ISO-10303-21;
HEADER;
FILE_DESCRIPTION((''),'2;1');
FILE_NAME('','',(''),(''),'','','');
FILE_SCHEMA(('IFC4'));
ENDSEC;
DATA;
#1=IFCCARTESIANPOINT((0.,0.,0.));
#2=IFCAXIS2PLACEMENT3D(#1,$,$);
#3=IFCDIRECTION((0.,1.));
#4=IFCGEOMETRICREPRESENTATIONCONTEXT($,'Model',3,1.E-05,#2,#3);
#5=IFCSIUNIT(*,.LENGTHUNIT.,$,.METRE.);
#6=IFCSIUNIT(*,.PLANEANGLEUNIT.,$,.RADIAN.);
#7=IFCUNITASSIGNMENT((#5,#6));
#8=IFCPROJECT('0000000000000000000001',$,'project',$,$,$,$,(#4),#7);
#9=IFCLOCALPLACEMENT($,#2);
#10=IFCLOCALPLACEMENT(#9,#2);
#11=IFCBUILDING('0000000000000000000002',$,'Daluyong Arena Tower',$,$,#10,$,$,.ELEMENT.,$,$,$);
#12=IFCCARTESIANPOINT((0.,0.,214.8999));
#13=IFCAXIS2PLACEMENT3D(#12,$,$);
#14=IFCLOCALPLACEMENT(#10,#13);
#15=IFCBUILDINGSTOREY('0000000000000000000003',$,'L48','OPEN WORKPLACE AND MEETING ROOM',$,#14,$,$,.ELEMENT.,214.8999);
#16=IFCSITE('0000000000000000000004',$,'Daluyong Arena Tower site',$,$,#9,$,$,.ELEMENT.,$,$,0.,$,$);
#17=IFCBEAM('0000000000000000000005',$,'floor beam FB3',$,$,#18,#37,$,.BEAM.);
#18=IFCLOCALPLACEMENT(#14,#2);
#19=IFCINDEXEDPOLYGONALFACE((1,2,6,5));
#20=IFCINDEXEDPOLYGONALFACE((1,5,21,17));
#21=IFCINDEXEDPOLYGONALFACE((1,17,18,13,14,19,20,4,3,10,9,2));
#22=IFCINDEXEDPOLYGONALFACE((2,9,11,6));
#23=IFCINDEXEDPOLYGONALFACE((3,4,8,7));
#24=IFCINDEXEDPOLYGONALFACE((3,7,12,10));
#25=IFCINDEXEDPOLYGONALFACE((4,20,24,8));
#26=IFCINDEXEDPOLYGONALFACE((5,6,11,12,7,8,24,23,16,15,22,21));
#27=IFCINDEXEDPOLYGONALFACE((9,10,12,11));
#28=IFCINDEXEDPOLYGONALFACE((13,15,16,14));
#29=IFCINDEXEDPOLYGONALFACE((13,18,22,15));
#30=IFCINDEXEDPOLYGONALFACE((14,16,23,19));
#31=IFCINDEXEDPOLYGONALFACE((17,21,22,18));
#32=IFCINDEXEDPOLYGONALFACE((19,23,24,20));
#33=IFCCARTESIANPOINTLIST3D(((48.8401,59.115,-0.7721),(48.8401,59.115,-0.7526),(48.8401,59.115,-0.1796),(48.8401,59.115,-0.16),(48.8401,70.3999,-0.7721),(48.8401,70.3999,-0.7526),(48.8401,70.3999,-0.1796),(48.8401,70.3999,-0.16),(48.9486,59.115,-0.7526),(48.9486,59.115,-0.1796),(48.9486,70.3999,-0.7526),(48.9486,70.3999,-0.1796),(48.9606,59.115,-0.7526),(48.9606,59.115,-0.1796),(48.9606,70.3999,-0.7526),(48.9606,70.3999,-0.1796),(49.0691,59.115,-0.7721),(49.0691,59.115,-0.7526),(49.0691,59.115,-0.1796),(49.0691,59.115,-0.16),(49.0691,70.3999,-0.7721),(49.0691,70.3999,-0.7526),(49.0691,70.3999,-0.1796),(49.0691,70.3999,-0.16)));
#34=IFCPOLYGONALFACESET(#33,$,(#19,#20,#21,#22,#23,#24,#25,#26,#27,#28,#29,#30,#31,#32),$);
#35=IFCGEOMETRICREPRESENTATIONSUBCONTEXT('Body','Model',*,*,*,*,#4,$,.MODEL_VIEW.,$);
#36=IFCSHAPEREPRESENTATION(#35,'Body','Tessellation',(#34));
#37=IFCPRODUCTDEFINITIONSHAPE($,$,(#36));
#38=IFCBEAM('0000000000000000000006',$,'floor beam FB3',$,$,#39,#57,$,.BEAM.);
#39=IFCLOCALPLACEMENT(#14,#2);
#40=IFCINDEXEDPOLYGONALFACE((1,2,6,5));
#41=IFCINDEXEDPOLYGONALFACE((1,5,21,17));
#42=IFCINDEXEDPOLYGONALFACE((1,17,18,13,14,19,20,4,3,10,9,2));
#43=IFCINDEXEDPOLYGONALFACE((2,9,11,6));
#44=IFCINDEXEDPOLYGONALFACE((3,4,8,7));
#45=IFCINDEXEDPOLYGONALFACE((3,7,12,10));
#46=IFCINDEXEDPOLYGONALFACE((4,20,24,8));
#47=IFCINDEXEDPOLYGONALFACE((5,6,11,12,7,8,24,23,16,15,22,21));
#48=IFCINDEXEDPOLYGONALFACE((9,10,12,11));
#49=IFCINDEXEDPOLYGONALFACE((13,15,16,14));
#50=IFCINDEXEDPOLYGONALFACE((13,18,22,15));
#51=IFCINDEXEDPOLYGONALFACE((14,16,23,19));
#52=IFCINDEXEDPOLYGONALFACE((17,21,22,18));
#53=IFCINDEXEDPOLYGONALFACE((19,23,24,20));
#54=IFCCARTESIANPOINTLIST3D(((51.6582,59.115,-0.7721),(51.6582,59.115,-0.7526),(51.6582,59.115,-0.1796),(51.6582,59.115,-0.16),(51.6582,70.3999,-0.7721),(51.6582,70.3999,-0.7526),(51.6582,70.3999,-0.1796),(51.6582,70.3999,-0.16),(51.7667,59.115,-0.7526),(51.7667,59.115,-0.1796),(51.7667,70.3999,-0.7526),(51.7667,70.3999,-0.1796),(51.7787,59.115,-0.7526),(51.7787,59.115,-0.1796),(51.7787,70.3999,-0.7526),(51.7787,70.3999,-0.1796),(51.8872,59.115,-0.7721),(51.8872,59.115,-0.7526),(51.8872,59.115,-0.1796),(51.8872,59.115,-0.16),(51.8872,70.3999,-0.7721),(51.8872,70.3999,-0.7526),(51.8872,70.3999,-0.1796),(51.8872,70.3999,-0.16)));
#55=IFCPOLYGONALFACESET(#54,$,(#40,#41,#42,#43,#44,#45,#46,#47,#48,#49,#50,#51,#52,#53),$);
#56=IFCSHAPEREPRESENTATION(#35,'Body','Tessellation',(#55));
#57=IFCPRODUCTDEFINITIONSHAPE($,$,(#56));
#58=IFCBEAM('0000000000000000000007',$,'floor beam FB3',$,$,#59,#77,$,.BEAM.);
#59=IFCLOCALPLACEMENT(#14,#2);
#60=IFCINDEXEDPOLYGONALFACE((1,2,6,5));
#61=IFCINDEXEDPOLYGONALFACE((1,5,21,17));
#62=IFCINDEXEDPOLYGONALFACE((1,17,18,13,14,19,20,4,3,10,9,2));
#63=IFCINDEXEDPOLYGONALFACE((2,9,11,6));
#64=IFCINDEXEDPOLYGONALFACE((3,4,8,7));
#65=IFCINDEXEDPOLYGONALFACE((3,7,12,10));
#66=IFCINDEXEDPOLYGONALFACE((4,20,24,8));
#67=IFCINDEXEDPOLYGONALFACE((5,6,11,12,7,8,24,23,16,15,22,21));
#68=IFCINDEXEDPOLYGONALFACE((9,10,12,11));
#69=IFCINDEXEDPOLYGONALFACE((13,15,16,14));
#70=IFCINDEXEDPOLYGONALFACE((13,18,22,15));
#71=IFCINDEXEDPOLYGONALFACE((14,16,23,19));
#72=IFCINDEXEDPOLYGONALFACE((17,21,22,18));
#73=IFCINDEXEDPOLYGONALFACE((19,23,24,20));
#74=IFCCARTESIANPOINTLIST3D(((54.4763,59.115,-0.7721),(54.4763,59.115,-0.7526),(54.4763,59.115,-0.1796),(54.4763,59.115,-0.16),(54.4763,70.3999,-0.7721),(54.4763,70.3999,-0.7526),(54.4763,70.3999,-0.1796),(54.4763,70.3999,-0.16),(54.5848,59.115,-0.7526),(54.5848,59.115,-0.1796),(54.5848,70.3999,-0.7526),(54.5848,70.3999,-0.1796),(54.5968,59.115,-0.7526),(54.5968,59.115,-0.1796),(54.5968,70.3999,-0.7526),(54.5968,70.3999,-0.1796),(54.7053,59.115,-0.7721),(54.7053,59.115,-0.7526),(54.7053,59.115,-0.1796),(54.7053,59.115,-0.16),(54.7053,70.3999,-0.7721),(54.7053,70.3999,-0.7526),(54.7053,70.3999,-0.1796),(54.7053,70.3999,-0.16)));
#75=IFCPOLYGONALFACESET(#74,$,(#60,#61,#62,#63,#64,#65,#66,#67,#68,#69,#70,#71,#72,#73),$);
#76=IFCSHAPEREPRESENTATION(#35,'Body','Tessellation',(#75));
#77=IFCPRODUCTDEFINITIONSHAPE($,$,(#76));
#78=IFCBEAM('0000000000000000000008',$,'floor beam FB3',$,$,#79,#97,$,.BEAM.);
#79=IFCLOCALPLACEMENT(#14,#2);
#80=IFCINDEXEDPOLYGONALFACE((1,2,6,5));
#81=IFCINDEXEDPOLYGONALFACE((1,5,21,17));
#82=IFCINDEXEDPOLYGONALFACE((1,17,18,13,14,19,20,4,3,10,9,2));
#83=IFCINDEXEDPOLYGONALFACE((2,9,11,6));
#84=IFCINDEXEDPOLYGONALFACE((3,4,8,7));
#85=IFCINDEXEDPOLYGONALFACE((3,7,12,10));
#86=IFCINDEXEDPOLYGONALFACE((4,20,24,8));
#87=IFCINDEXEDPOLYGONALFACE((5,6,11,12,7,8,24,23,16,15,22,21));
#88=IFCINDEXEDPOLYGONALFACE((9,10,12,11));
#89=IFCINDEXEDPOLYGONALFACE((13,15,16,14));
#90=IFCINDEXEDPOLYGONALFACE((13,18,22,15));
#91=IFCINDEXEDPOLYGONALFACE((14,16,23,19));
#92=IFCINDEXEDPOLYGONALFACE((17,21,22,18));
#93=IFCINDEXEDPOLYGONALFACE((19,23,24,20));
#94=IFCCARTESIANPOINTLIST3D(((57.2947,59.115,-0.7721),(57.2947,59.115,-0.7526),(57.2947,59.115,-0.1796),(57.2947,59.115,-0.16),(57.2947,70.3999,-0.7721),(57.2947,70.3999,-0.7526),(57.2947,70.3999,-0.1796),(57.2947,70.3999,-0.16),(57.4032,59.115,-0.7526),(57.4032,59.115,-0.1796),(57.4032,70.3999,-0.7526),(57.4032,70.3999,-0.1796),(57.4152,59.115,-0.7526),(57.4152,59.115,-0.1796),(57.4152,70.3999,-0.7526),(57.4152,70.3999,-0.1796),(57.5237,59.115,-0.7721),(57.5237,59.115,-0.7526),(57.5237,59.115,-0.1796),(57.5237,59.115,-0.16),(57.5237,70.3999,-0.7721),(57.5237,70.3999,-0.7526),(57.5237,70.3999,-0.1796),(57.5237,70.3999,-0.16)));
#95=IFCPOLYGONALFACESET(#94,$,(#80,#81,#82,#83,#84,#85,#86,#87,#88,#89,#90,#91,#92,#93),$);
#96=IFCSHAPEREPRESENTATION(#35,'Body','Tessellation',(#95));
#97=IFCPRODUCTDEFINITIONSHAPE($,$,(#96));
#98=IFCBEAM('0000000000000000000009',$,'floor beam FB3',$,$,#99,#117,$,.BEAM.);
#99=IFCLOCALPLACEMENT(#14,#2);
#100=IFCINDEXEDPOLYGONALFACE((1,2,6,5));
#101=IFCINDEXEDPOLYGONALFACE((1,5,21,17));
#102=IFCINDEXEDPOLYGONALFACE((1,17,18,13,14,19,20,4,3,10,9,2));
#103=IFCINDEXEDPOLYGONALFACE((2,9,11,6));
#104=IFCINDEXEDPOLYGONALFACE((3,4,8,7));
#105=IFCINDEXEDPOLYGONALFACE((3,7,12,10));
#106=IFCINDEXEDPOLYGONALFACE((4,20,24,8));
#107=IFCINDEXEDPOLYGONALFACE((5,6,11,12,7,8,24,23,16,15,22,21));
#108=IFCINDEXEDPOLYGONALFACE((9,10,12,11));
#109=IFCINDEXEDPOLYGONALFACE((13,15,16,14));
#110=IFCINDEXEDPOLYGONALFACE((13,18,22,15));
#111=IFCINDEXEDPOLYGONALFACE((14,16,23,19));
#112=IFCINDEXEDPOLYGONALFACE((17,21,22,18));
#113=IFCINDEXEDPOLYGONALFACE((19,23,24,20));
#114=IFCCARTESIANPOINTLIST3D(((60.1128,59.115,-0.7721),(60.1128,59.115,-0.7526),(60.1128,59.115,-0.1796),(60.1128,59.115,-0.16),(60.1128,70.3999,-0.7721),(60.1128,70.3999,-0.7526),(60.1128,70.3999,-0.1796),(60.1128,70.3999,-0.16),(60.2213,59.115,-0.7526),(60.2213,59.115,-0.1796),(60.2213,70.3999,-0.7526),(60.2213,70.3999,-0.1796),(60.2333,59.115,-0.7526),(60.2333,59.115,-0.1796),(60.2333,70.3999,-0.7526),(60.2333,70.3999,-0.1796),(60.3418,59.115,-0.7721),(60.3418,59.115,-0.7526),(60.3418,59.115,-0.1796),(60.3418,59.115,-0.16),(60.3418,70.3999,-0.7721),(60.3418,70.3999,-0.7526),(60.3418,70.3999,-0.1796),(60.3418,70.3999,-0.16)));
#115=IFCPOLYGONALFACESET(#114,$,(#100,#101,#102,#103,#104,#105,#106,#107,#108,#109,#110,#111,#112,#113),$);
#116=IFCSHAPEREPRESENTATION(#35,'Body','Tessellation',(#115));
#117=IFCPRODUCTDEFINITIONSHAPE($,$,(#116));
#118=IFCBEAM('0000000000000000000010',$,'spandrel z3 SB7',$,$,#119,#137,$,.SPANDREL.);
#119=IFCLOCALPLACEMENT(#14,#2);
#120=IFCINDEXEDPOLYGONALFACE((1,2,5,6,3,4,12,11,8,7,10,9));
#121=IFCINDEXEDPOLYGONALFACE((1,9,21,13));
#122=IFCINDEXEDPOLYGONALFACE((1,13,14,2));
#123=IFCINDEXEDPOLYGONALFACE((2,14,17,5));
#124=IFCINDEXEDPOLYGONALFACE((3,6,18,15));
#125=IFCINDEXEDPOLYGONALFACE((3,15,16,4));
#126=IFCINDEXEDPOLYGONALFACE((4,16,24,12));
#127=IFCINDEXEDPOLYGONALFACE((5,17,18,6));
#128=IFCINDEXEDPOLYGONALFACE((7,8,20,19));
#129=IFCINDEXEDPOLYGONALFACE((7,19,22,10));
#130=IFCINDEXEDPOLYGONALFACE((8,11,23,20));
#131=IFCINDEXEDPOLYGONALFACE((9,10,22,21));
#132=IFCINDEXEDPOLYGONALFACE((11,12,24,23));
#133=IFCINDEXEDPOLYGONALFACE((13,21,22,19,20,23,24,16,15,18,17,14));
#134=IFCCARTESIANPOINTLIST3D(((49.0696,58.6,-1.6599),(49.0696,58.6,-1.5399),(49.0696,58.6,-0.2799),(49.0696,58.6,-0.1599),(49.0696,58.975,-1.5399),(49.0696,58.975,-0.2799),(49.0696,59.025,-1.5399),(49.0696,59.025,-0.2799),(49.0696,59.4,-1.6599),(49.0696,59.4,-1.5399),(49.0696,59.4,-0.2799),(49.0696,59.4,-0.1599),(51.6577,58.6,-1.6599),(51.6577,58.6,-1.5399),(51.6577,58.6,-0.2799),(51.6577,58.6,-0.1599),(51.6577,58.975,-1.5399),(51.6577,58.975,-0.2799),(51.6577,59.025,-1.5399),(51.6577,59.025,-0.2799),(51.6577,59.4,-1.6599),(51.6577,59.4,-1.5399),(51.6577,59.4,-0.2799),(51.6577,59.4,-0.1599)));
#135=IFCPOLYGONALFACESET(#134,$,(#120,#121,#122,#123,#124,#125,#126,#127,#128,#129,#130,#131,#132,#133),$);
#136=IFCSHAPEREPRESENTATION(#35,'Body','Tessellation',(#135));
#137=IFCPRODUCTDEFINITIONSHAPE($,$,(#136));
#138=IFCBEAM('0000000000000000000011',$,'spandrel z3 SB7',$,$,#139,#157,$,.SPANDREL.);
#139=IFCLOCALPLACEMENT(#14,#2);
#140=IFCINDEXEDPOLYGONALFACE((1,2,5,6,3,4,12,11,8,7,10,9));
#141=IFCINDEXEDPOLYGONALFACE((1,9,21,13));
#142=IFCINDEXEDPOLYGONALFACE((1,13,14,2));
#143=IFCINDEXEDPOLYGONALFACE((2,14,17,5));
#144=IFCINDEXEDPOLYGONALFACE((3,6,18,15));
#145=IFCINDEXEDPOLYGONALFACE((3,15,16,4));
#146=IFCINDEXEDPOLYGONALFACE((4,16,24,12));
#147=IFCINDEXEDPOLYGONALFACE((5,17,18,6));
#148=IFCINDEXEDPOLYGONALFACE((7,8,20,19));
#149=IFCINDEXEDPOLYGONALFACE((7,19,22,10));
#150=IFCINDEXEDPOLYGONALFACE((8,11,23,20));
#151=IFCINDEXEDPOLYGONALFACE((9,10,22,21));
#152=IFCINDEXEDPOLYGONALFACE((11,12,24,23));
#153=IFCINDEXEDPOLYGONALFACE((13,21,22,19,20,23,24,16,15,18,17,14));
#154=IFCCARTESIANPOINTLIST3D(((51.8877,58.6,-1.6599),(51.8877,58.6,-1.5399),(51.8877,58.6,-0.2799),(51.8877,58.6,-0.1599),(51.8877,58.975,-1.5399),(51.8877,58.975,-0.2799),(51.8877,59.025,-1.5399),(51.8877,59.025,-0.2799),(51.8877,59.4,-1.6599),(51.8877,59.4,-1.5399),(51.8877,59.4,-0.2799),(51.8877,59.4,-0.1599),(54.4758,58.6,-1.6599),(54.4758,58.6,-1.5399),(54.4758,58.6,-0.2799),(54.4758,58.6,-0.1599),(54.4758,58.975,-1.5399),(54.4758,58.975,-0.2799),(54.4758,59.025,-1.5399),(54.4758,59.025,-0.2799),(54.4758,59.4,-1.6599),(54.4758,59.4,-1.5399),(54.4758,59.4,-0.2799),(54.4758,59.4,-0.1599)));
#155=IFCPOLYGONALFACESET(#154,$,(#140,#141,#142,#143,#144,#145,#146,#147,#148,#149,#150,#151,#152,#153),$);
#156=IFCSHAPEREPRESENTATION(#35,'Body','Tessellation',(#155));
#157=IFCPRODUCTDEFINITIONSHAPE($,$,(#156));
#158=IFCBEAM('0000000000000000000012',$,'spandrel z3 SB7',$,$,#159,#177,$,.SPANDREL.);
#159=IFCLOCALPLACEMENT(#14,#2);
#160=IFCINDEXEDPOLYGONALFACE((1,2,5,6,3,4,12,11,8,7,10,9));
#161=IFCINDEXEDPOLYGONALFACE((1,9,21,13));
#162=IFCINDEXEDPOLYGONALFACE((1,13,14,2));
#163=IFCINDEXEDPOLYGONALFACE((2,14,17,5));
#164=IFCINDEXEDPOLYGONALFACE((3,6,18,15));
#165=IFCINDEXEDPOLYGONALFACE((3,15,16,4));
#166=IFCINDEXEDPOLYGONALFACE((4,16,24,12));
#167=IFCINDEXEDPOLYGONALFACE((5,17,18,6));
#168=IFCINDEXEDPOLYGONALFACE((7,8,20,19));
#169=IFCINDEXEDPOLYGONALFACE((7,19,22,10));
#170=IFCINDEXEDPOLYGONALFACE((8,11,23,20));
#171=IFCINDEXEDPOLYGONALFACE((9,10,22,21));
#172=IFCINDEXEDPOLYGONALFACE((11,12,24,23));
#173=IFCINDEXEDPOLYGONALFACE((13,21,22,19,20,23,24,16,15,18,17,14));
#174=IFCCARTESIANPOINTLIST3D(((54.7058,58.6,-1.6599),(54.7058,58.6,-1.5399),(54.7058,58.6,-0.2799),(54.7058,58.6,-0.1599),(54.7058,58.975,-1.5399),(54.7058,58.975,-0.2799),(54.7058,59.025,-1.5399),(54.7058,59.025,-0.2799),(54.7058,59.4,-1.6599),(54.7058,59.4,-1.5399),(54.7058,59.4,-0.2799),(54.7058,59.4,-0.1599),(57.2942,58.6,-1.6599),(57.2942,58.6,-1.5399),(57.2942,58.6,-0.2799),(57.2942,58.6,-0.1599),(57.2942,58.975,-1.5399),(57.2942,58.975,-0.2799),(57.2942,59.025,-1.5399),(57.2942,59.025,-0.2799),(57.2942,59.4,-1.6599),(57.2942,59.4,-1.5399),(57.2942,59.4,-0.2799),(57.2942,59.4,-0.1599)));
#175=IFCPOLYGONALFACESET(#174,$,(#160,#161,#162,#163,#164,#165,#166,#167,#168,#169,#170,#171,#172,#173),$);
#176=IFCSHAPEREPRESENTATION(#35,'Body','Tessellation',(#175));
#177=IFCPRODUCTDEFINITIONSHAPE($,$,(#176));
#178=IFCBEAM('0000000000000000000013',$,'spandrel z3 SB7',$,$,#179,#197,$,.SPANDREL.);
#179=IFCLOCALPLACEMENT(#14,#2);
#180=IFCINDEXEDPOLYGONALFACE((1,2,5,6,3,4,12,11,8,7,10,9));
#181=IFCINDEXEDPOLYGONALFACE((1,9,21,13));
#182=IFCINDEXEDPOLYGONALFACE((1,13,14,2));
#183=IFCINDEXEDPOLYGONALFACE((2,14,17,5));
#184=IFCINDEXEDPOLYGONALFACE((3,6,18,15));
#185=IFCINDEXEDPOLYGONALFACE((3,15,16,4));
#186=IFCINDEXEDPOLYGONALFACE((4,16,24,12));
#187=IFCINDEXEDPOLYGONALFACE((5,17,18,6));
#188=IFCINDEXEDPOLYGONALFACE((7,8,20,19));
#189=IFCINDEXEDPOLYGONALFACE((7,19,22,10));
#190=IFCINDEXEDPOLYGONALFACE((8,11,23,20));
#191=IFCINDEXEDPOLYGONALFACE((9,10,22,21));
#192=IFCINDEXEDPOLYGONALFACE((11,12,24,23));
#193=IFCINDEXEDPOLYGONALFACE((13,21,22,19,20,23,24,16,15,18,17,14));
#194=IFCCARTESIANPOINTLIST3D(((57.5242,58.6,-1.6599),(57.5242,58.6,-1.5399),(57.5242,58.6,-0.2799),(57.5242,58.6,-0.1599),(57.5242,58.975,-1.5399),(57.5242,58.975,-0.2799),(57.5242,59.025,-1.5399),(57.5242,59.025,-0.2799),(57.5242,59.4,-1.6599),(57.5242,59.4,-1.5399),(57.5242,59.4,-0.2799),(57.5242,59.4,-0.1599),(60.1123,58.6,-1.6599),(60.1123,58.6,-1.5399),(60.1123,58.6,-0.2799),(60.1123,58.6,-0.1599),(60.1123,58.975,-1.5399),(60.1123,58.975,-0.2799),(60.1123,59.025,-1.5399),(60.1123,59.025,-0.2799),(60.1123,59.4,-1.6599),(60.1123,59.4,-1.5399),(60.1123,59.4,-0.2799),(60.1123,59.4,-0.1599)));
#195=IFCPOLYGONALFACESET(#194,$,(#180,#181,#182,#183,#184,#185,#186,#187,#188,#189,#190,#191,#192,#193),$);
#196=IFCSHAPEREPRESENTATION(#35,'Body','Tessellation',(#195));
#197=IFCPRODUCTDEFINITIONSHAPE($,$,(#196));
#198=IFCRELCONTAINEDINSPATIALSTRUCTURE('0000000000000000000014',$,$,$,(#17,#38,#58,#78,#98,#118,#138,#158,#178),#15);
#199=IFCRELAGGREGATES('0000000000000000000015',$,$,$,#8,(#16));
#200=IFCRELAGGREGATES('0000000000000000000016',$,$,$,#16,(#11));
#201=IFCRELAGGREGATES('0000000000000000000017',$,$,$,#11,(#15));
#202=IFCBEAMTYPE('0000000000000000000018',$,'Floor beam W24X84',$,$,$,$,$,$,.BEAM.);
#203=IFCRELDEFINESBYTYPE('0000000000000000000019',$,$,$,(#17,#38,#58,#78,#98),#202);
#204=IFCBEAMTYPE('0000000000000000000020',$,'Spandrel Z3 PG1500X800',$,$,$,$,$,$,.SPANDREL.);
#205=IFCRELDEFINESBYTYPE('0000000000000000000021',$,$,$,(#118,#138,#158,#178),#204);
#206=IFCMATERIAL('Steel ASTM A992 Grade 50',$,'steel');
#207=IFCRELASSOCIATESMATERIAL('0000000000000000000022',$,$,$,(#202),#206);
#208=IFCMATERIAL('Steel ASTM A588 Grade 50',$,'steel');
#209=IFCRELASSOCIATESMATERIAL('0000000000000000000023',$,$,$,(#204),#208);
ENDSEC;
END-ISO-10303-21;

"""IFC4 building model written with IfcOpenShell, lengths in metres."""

from ifc_helpers import new_model, si_unit, direction, frame, origin, origin_2d, place, context, subcontext, project, spatial, i_section, extrude, material, material_profile, profile_set, type_object, element, save


model = new_model("IFC4")

# Units and contexts
model_context = context("Model", 3, precision=1e-05, world=origin(), true_north=direction((0.0, 1.0)))
body_context = subcontext(model_context, "Body", "Model", "MODEL_VIEW")
ifc_project = project(units=[si_unit("LENGTHUNIT", "METRE"), si_unit("PLANEANGLEUNIT", "RADIAN")], contexts=[model_context])

# Site, building, storey
site_placement = place(None, origin())
site = spatial("IfcSite", under=ifc_project, at=site_placement, Name="Daluyong Arena Tower site", CompositionType="ELEMENT", RefElevation=0.0)
building_placement = place(site_placement, origin())
building = spatial("IfcBuilding", under=site, at=building_placement, Name="Daluyong Arena Tower", CompositionType="ELEMENT")
storey_placement = place(building_placement, frame((0.0, 0.0, 214.8999)))
storey = spatial("IfcBuildingStorey", under=building, at=storey_placement, Name="L48", Description="OPEN WORKPLACE AND MEETING ROOM", CompositionType="ELEMENT", Elevation=214.8999)

# Beams
ifc_material_1 = material(Name="Steel ASTM A992 Grade 50", Category="steel")
ifc_material_profile_1 = material_profile(ifc_material_1, i_section(OverallWidth=0.229, OverallDepth=0.6121, WebThickness=0.012, FlangeThickness=0.0195, at=origin_2d()))
ifc_profile_set_1 = profile_set([ifc_material_profile_1], Name="Steel ASTM A992 Grade 50")
beam_type_1 = type_object("IfcBeamType", Name="Floor beam W24X84", PredefinedType="BEAM", material=ifc_profile_set_1)
for number, where, z_axis, x_axis, name in (
    (1, (48.9546, 59.115, -0.4661), (0.0, 1.0, 0.0), (-1.0, 0.0, 0.0), "floor beam FB3"),
    (2, (51.7727, 59.115, -0.4661), (0.0, 1.0, 0.0), (-1.0, 0.0, 0.0), "floor beam FB3"),
    (3, (54.5908, 59.115, -0.4661), (0.0, 1.0, 0.0), (-1.0, 0.0, 0.0), "floor beam FB3"),
    (4, (57.4092, 59.115, -0.4661), (0.0, 1.0, 0.0), (-1.0, 0.0, 0.0), "floor beam FB3"),
    (5, (60.2273, 59.115, -0.4661), (0.0, 1.0, 0.0), (-1.0, 0.0, 0.0), "floor beam FB3"),
):
    element("IfcBeam", number, at=place(storey_placement, frame(where, z_axis=z_axis, x_axis=x_axis)), inside=storey, type_object=beam_type_1, Name=name, PredefinedType="BEAM", context=body_context, shape_type="SweptSolid", body=[
        extrude(i_section(OverallWidth=0.229, OverallDepth=0.6121, WebThickness=0.012, FlangeThickness=0.0195, at=origin_2d()), origin(), (0.0, 0.0, 1.0), 11.2849),
    ])
ifc_material_2 = material(Name="Steel ASTM A588 Grade 50", Category="steel")
ifc_material_profile_2 = material_profile(ifc_material_2, i_section(OverallWidth=0.8, OverallDepth=1.5, WebThickness=0.05, FlangeThickness=0.12, at=origin_2d()))
ifc_profile_set_2 = profile_set([ifc_material_profile_2], Name="Steel ASTM A588 Grade 50")
beam_type_2 = type_object("IfcBeamType", Name="Spandrel Z3 PG1500X800", PredefinedType="SPANDREL", material=ifc_profile_set_2)
for number, where, z_axis, x_axis, name in (
    (6, (49.0696, 59.0, -0.9099), (1.0, 0.0, 0.0), (0.0, 1.0, 0.0), "spandrel z3 SB7"),
    (7, (51.8877, 59.0, -0.9099), (1.0, 0.0, 0.0), (0.0, 1.0, 0.0), "spandrel z3 SB7"),
):
    element("IfcBeam", number, at=place(storey_placement, frame(where, z_axis=z_axis, x_axis=x_axis)), inside=storey, type_object=beam_type_2, Name=name, PredefinedType="SPANDREL", context=body_context, shape_type="SweptSolid", body=[
        extrude(i_section(OverallWidth=0.8, OverallDepth=1.5, WebThickness=0.05, FlangeThickness=0.12, at=origin_2d()), origin(), (0.0, 0.0, 1.0), 2.5881),
    ])
beam_placement = place(storey_placement, frame((54.7058, 59.0, -0.9099), z_axis=(1.0, 0.0, 0.0), x_axis=(0.0, 1.0, 0.0)))
element("IfcBeam", 8, at=beam_placement, inside=storey, type_object=beam_type_2, Name="spandrel z3 SB7", PredefinedType="SPANDREL", context=body_context, shape_type="SweptSolid", body=[
    extrude(i_section(OverallWidth=0.8, OverallDepth=1.5, WebThickness=0.05, FlangeThickness=0.12, at=origin_2d()), origin(), (0.0, 0.0, 1.0), 2.5884),
])
for number, where, z_axis, x_axis, name in (
    (9, (57.5242, 59.0, -0.9099), (1.0, 0.0, 0.0), (0.0, 1.0, 0.0), "spandrel z3 SB7"),
):
    element("IfcBeam", number, at=place(storey_placement, frame(where, z_axis=z_axis, x_axis=x_axis)), inside=storey, type_object=beam_type_2, Name=name, PredefinedType="SPANDREL", context=body_context, shape_type="SweptSolid", body=[
        extrude(i_section(OverallWidth=0.8, OverallDepth=1.5, WebThickness=0.05, FlangeThickness=0.12, at=origin_2d()), origin(), (0.0, 0.0, 1.0), 2.5881),
    ])

save(model, "model.ifc")
